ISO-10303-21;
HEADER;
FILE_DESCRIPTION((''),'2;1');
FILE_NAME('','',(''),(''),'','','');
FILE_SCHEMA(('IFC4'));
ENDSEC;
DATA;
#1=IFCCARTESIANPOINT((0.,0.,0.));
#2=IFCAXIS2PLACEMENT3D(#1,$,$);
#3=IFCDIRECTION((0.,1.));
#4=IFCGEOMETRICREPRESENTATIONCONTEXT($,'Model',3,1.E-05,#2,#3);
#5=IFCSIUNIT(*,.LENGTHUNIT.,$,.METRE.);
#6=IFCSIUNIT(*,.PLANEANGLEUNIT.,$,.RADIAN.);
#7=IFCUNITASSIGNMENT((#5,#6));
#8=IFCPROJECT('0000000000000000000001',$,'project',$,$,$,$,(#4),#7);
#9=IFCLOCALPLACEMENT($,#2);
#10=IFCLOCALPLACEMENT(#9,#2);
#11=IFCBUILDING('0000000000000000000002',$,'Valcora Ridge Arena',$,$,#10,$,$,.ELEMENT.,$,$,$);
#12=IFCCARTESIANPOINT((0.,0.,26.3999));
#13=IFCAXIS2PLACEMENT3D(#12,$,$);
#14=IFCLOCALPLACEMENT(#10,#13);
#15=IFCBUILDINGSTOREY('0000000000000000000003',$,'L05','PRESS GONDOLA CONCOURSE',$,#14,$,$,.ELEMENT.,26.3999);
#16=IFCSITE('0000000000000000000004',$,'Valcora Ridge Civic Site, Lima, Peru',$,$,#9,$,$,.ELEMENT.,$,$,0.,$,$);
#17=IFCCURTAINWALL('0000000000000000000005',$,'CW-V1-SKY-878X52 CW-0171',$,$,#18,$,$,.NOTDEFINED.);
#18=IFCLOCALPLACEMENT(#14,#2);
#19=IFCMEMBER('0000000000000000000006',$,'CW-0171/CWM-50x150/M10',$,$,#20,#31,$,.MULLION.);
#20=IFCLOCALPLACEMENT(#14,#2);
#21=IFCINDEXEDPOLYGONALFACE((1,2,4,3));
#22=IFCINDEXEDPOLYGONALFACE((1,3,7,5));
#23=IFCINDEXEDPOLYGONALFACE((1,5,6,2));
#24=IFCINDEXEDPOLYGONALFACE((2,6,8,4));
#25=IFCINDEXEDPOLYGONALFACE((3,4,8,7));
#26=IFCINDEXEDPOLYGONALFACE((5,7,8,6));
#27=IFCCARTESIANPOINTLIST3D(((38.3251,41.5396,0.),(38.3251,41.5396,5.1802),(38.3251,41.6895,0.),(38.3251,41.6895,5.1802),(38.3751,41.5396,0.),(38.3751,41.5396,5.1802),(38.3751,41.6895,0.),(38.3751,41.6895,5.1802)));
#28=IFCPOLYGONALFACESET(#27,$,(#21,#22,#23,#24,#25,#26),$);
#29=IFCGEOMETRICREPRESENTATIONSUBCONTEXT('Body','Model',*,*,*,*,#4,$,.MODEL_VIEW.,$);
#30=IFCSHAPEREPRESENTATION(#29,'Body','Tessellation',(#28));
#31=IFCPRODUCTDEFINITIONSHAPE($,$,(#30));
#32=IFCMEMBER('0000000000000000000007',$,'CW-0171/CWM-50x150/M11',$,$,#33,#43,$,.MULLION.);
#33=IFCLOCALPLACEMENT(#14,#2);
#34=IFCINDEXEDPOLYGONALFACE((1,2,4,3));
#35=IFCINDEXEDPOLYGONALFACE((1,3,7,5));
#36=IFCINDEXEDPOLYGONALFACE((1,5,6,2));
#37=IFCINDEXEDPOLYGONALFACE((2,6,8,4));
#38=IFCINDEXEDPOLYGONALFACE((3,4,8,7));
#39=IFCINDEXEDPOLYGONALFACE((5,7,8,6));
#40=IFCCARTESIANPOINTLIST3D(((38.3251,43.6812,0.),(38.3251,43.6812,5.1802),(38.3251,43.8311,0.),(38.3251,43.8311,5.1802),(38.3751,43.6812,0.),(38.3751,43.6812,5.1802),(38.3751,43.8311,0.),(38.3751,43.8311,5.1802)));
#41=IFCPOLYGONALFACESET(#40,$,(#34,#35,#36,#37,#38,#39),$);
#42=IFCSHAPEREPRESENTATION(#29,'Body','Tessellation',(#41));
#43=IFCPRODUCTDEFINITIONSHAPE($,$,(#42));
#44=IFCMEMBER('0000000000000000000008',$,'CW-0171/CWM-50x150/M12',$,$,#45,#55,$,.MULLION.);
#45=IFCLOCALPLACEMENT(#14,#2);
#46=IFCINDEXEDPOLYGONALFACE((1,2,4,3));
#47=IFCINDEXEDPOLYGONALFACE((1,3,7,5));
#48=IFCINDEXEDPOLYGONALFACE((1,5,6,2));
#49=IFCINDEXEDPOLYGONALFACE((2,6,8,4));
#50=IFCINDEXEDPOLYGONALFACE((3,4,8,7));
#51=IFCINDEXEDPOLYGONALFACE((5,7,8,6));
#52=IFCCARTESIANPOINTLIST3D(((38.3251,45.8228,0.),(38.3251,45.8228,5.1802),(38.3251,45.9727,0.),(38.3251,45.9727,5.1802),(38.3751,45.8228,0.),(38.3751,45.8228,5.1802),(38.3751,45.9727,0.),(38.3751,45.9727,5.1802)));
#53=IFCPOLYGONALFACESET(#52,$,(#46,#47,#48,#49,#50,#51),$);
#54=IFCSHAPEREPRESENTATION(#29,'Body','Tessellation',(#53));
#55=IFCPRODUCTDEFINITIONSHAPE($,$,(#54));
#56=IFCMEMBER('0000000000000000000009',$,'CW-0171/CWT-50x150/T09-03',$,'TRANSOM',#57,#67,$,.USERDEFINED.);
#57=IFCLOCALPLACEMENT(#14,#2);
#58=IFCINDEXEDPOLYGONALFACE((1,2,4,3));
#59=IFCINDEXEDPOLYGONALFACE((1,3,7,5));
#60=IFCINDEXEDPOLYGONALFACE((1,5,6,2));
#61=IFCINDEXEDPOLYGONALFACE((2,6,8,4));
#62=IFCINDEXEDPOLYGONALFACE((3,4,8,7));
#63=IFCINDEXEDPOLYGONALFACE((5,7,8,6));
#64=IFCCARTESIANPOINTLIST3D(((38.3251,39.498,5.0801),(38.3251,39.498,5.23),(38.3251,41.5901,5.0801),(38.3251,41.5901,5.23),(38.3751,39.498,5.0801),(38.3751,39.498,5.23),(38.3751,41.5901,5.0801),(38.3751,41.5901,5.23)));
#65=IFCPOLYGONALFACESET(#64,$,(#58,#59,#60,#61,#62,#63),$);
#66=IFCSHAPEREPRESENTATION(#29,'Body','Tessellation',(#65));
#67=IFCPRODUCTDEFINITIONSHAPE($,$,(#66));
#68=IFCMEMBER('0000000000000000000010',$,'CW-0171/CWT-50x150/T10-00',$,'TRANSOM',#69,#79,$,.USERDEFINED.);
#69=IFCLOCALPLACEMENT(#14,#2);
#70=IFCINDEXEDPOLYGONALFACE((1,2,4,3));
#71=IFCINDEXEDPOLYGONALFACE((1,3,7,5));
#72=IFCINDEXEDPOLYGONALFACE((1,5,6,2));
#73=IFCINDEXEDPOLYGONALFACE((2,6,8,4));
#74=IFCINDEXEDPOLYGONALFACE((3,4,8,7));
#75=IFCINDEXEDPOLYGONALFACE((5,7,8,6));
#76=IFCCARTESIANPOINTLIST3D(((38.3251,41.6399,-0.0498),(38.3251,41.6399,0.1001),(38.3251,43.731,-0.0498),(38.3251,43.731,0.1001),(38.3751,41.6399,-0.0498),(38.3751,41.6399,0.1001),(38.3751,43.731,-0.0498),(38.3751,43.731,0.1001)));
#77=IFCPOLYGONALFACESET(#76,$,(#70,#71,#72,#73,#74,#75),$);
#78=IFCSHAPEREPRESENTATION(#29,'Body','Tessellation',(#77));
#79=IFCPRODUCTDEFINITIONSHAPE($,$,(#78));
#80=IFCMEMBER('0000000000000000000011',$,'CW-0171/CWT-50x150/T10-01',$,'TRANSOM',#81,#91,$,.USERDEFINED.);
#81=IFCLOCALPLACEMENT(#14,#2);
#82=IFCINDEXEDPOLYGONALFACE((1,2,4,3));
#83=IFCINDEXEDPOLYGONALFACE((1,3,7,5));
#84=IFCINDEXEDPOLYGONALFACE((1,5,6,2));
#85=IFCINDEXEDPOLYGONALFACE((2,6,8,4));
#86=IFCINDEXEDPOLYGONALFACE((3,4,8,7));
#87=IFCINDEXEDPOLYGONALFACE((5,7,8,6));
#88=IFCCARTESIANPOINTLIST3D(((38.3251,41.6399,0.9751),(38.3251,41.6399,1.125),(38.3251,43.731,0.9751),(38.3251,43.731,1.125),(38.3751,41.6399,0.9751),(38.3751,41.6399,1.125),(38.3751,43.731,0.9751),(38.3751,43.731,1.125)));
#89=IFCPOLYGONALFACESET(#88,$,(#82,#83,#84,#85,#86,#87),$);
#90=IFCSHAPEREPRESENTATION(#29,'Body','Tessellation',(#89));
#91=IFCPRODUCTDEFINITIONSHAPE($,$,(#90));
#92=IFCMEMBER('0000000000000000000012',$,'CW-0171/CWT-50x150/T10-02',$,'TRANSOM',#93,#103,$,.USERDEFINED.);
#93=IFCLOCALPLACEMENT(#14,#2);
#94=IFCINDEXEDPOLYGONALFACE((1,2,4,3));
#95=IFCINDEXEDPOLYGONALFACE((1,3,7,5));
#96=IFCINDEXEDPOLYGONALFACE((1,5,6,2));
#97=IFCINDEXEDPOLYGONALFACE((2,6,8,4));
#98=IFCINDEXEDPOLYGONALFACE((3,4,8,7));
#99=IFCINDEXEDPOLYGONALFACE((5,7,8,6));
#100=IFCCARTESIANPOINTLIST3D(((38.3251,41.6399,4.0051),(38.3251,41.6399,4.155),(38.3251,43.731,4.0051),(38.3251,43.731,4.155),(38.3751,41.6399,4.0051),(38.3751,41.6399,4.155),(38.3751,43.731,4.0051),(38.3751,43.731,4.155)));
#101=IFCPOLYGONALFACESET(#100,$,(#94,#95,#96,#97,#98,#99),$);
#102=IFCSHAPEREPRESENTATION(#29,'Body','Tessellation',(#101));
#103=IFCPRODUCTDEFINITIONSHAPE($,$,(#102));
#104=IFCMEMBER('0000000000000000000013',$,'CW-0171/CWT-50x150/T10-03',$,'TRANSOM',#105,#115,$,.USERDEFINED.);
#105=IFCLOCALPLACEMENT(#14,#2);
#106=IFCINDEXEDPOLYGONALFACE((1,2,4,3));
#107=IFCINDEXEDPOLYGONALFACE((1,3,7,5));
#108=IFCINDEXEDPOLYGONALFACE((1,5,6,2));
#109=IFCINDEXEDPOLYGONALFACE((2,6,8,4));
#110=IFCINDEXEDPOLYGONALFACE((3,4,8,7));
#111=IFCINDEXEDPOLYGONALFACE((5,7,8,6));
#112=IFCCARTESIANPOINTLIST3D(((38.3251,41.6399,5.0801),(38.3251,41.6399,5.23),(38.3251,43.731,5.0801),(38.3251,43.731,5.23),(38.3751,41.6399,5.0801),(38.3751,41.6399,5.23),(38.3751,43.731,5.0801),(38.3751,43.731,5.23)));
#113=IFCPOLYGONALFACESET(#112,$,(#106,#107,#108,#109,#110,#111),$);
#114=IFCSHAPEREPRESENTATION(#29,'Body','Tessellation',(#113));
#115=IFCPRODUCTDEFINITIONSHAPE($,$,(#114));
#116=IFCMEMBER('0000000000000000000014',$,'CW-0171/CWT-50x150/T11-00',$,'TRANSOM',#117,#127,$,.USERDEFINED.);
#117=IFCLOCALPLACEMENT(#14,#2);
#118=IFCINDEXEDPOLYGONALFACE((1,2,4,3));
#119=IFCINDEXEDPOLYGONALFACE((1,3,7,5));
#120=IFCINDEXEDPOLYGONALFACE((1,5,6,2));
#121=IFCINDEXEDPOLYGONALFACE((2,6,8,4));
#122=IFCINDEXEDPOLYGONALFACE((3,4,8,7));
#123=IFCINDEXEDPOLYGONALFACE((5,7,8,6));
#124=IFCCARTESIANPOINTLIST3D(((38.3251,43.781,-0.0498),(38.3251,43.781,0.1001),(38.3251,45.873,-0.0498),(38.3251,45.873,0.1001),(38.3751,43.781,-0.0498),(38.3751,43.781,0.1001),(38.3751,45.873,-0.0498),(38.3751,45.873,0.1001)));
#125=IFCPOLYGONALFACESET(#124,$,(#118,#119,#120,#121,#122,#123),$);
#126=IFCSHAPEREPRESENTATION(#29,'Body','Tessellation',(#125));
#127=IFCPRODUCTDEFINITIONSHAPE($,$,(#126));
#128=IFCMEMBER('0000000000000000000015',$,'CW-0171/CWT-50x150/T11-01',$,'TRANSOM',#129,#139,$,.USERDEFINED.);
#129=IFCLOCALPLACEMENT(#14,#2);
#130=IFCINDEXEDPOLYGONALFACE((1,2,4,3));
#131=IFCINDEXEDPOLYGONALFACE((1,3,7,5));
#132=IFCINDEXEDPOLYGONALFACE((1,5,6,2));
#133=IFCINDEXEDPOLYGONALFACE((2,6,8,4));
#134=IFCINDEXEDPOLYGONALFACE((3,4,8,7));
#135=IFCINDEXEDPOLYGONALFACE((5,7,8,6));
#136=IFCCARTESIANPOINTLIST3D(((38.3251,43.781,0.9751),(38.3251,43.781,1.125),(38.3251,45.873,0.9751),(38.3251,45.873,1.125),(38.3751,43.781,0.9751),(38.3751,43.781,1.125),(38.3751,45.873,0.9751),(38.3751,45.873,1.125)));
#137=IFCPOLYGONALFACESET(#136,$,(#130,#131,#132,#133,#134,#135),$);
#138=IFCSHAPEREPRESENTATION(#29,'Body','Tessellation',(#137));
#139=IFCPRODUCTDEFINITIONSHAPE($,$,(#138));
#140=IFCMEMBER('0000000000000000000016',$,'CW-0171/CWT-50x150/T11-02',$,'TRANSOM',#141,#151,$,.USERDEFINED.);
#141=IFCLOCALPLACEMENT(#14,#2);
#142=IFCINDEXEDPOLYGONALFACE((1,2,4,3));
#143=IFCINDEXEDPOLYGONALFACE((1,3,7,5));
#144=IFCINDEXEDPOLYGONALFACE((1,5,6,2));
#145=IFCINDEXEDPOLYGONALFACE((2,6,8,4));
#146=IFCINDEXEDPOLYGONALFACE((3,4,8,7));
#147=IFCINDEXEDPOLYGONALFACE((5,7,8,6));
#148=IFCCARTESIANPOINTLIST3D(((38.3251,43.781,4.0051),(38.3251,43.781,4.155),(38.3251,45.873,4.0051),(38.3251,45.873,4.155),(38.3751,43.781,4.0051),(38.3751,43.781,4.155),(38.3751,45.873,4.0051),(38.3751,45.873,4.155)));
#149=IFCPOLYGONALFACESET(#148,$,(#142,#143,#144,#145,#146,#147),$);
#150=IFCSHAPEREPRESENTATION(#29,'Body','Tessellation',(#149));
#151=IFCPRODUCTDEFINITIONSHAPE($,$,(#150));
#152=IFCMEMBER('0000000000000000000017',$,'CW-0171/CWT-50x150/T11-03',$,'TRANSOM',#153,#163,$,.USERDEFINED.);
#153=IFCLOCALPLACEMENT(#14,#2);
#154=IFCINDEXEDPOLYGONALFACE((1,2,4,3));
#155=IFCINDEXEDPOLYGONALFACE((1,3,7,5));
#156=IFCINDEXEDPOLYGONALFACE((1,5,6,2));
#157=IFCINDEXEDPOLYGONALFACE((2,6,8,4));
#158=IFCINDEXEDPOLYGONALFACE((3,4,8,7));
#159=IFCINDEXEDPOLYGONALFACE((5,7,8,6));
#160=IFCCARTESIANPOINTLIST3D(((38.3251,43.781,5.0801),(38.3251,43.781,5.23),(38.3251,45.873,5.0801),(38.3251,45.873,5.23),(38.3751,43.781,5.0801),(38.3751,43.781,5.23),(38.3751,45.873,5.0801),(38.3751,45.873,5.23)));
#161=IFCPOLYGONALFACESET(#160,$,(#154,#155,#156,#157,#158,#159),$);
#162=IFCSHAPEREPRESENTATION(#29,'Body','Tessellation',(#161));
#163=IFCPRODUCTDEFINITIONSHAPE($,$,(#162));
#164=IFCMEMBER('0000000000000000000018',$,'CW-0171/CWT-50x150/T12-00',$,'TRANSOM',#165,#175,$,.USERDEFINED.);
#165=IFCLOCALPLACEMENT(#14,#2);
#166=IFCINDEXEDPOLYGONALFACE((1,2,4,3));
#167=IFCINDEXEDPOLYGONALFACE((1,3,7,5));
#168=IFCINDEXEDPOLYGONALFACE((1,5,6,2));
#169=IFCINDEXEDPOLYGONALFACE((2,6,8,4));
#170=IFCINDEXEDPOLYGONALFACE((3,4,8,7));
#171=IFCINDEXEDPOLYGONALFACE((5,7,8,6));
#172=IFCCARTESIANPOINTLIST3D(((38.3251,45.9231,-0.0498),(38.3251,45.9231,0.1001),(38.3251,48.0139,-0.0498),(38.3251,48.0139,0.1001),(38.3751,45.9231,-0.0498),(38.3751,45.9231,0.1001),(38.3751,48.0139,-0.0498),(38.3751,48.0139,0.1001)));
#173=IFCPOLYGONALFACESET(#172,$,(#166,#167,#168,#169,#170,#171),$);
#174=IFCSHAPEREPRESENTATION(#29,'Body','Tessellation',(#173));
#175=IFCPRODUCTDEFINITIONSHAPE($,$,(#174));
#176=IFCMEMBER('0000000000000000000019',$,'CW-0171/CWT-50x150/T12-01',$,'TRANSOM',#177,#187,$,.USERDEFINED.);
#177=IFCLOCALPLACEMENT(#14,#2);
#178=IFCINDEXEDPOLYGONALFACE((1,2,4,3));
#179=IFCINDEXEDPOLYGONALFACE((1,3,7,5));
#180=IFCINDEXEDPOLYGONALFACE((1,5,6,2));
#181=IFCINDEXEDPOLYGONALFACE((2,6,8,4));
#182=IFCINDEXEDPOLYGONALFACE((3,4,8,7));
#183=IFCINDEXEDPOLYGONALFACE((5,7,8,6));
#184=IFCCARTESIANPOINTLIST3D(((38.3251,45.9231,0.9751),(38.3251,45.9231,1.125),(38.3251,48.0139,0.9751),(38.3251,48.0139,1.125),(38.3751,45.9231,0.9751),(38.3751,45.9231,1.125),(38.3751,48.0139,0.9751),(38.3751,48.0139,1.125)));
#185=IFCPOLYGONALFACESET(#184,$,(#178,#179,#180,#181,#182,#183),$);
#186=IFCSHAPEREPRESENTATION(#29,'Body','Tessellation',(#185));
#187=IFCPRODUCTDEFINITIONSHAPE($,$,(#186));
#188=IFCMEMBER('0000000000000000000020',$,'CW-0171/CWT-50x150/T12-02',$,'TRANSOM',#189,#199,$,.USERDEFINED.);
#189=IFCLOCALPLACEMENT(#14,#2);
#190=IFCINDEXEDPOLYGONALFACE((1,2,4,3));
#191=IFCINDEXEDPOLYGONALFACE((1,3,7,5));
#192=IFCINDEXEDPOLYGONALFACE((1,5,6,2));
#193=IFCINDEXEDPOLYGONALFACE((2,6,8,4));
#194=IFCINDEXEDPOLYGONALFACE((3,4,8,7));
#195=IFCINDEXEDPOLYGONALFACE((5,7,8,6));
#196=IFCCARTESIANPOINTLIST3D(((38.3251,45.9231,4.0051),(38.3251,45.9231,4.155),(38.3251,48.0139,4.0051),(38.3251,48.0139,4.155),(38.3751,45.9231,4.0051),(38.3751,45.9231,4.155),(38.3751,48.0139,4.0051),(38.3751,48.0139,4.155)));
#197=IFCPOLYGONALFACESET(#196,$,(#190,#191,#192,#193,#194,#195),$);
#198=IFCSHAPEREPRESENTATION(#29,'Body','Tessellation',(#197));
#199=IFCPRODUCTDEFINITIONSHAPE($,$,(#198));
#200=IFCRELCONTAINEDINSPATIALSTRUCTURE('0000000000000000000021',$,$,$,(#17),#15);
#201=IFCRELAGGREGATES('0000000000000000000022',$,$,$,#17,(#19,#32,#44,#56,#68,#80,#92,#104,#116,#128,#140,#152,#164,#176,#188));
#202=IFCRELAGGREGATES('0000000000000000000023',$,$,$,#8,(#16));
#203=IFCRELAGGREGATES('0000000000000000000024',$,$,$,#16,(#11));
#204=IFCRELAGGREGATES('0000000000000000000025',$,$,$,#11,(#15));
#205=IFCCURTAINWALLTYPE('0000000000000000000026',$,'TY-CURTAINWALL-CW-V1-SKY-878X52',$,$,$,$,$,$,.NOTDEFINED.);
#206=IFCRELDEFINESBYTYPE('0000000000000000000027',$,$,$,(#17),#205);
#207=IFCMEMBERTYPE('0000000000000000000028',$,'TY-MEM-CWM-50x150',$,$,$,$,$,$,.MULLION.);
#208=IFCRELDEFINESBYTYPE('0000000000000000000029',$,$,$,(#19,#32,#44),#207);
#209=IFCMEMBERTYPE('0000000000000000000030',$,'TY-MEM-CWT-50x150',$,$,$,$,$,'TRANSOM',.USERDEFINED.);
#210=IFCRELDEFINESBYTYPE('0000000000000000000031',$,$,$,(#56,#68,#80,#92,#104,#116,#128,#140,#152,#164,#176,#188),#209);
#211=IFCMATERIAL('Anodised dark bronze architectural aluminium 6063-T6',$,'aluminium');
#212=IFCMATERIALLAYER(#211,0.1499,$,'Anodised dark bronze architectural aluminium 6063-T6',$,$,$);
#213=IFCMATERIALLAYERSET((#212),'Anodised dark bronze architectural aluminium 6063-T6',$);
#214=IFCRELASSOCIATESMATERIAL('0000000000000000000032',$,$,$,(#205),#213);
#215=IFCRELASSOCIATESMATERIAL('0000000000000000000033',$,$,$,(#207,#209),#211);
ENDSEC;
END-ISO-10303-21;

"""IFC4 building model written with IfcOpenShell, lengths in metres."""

from ifc_helpers import new_model, si_unit, direction, frame, origin, origin_2d, place, context, subcontext, project, spatial, rectangle, extrude, material, layer, layer_set, material_profile, profile_set, type_object, element, aggregate, save


model = new_model("IFC4")

# Units and contexts
model_context = context("Model", 3, precision=1e-05, world=origin(), true_north=direction((0.0, 1.0)))
body_context = subcontext(model_context, "Body", "Model", "MODEL_VIEW")
ifc_project = project(units=[si_unit("LENGTHUNIT", "METRE"), si_unit("PLANEANGLEUNIT", "RADIAN")], contexts=[model_context])

# Site, building, storey
site_placement = place(None, origin())
site = spatial("IfcSite", under=ifc_project, at=site_placement, Name="Valcora Ridge Civic Site, Lima, Peru", CompositionType="ELEMENT", RefElevation=0.0)
building_placement = place(site_placement, origin())
building = spatial("IfcBuilding", under=site, at=building_placement, Name="Valcora Ridge Arena", CompositionType="ELEMENT")
storey_placement = place(building_placement, frame((0.0, 0.0, 26.3999)))
storey = spatial("IfcBuildingStorey", under=building, at=storey_placement, Name="L05", Description="PRESS GONDOLA CONCOURSE", CompositionType="ELEMENT", Elevation=26.3999)

# Curtain wall, members
ifc_material_1 = material(Name="Anodised dark bronze architectural aluminium 6063-T6", Category="aluminium")
ifc_layer_1 = layer(ifc_material_1, 0.1499, Name="Anodised dark bronze architectural aluminium 6063-T6")
ifc_layer_set_1 = layer_set([ifc_layer_1], Name="Anodised dark bronze architectural aluminium 6063-T6")
curtain_wall_type = type_object("IfcCurtainWallType", Name="TY-CURTAINWALL-CW-V1-SKY-878X52", PredefinedType="NOTDEFINED", material=ifc_layer_set_1)
curtain_wall_placement = place(storey_placement, origin())
curtain_wall = element("IfcCurtainWall", 1, at=curtain_wall_placement, inside=storey, type_object=curtain_wall_type, Name="CW-V1-SKY-878X52 CW-0171", PredefinedType="NOTDEFINED")
ifc_material_profile_1 = material_profile(ifc_material_1, rectangle(XDim=0.05, YDim=0.1499, at=origin_2d()), Name="ALU MULLION 50x150")
ifc_profile_set_1 = profile_set([ifc_material_profile_1], Name="Anodised dark bronze architectural aluminium 6063-T6")
member_type_1 = type_object("IfcMemberType", Name="TY-MEM-CWM-50x150", PredefinedType="MULLION", material=ifc_profile_set_1)
member_1_placement = place(storey_placement, frame((38.3501, 41.6145, 0.0), z_axis=(0.0, 0.0, 1.0), x_axis=(-1.0, 0.0, 0.0)))
member_1 = element("IfcMember", 2, at=member_1_placement, type_object=member_type_1, Name="CW-0171/CWM-50x150/M10", PredefinedType="MULLION", context=body_context, shape_type="SweptSolid", body=[
    extrude(rectangle(XDim=0.05, YDim=0.1499, at=origin_2d()), origin(), (0.0, 0.0, 1.0), 5.1802),
])
member_2_placement = place(storey_placement, frame((38.3501, 43.7561, 0.0), z_axis=(0.0, 0.0, 1.0), x_axis=(-1.0, 0.0, 0.0)))
member_2 = element("IfcMember", 3, at=member_2_placement, type_object=member_type_1, Name="CW-0171/CWM-50x150/M11", PredefinedType="MULLION", context=body_context, shape_type="SweptSolid", body=[
    extrude(rectangle(XDim=0.05, YDim=0.1499, at=origin_2d()), origin(), (0.0, 0.0, 1.0), 5.1802),
])
member_3_placement = place(storey_placement, frame((38.3501, 45.8977, 0.0), z_axis=(0.0, 0.0, 1.0), x_axis=(-1.0, 0.0, 0.0)))
member_3 = element("IfcMember", 4, at=member_3_placement, type_object=member_type_1, Name="CW-0171/CWM-50x150/M12", PredefinedType="MULLION", context=body_context, shape_type="SweptSolid", body=[
    extrude(rectangle(XDim=0.05, YDim=0.1499, at=origin_2d()), origin(), (0.0, 0.0, 1.0), 5.1802),
])
ifc_material_profile_2 = material_profile(ifc_material_1, rectangle(XDim=0.05, YDim=0.1499, at=origin_2d()), Name="ALU TRANSOM 50x150")
ifc_profile_set_2 = profile_set([ifc_material_profile_2], Name="Anodised dark bronze architectural aluminium 6063-T6")
member_type_2 = type_object("IfcMemberType", Name="TY-MEM-CWT-50x150", ElementType="TRANSOM", PredefinedType="USERDEFINED", material=ifc_profile_set_2)
member_4_placement = place(storey_placement, frame((38.3501, 39.498, 5.155), z_axis=(0.0, 1.0, 0.0), x_axis=(-1.0, 0.0, 0.0)))
member_4 = element("IfcMember", 5, at=member_4_placement, type_object=member_type_2, Name="CW-0171/CWT-50x150/T09-03", ObjectType="TRANSOM", PredefinedType="USERDEFINED", context=body_context, shape_type="SweptSolid", body=[
    extrude(rectangle(XDim=0.05, YDim=0.1499, at=origin_2d()), origin(), (0.0, 0.0, 1.0), 2.092),
])
member_5_placement = place(storey_placement, frame((38.3501, 41.6399, 0.0251), z_axis=(0.0, 1.0, 0.0), x_axis=(-1.0, 0.0, 0.0)))
member_5 = element("IfcMember", 6, at=member_5_placement, type_object=member_type_2, Name="CW-0171/CWT-50x150/T10-00", ObjectType="TRANSOM", PredefinedType="USERDEFINED", context=body_context, shape_type="SweptSolid", body=[
    extrude(rectangle(XDim=0.05, YDim=0.1499, at=origin_2d()), origin(), (0.0, 0.0, 1.0), 2.0911),
])
member_6_placement = place(storey_placement, frame((38.3501, 41.6399, 1.05), z_axis=(0.0, 1.0, 0.0), x_axis=(-1.0, 0.0, 0.0)))
member_6 = element("IfcMember", 7, at=member_6_placement, type_object=member_type_2, Name="CW-0171/CWT-50x150/T10-01", ObjectType="TRANSOM", PredefinedType="USERDEFINED", context=body_context, shape_type="SweptSolid", body=[
    extrude(rectangle(XDim=0.05, YDim=0.1499, at=origin_2d()), origin(), (0.0, 0.0, 1.0), 2.0911),
])
member_7_placement = place(storey_placement, frame((38.3501, 41.6399, 4.0801), z_axis=(0.0, 1.0, 0.0), x_axis=(-1.0, 0.0, 0.0)))
member_7 = element("IfcMember", 8, at=member_7_placement, type_object=member_type_2, Name="CW-0171/CWT-50x150/T10-02", ObjectType="TRANSOM", PredefinedType="USERDEFINED", context=body_context, shape_type="SweptSolid", body=[
    extrude(rectangle(XDim=0.05, YDim=0.1499, at=origin_2d()), origin(), (0.0, 0.0, 1.0), 2.0911),
])
member_8_placement = place(storey_placement, frame((38.3501, 41.6399, 5.155), z_axis=(0.0, 1.0, 0.0), x_axis=(-1.0, 0.0, 0.0)))
member_8 = element("IfcMember", 9, at=member_8_placement, type_object=member_type_2, Name="CW-0171/CWT-50x150/T10-03", ObjectType="TRANSOM", PredefinedType="USERDEFINED", context=body_context, shape_type="SweptSolid", body=[
    extrude(rectangle(XDim=0.05, YDim=0.1499, at=origin_2d()), origin(), (0.0, 0.0, 1.0), 2.0911),
])
member_9_placement = place(storey_placement, frame((38.3501, 43.781, 0.0251), z_axis=(0.0, 1.0, 0.0), x_axis=(-1.0, 0.0, 0.0)))
member_9 = element("IfcMember", 10, at=member_9_placement, type_object=member_type_2, Name="CW-0171/CWT-50x150/T11-00", ObjectType="TRANSOM", PredefinedType="USERDEFINED", context=body_context, shape_type="SweptSolid", body=[
    extrude(rectangle(XDim=0.05, YDim=0.1499, at=origin_2d()), origin(), (0.0, 0.0, 1.0), 2.092),
])
member_10_placement = place(storey_placement, frame((38.3501, 43.781, 1.05), z_axis=(0.0, 1.0, 0.0), x_axis=(-1.0, 0.0, 0.0)))
member_10 = element("IfcMember", 11, at=member_10_placement, type_object=member_type_2, Name="CW-0171/CWT-50x150/T11-01", ObjectType="TRANSOM", PredefinedType="USERDEFINED", context=body_context, shape_type="SweptSolid", body=[
    extrude(rectangle(XDim=0.05, YDim=0.1499, at=origin_2d()), origin(), (0.0, 0.0, 1.0), 2.092),
])
member_11_placement = place(storey_placement, frame((38.3501, 43.781, 4.0801), z_axis=(0.0, 1.0, 0.0), x_axis=(-1.0, 0.0, 0.0)))
member_11 = element("IfcMember", 12, at=member_11_placement, type_object=member_type_2, Name="CW-0171/CWT-50x150/T11-02", ObjectType="TRANSOM", PredefinedType="USERDEFINED", context=body_context, shape_type="SweptSolid", body=[
    extrude(rectangle(XDim=0.05, YDim=0.1499, at=origin_2d()), origin(), (0.0, 0.0, 1.0), 2.092),
])
member_12_placement = place(storey_placement, frame((38.3501, 43.781, 5.155), z_axis=(0.0, 1.0, 0.0), x_axis=(-1.0, 0.0, 0.0)))
member_12 = element("IfcMember", 13, at=member_12_placement, type_object=member_type_2, Name="CW-0171/CWT-50x150/T11-03", ObjectType="TRANSOM", PredefinedType="USERDEFINED", context=body_context, shape_type="SweptSolid", body=[
    extrude(rectangle(XDim=0.05, YDim=0.1499, at=origin_2d()), origin(), (0.0, 0.0, 1.0), 2.092),
])
member_13_placement = place(storey_placement, frame((38.3501, 45.9231, 0.0251), z_axis=(0.0, 1.0, 0.0), x_axis=(-1.0, 0.0, 0.0)))
member_13 = element("IfcMember", 14, at=member_13_placement, type_object=member_type_2, Name="CW-0171/CWT-50x150/T12-00", ObjectType="TRANSOM", PredefinedType="USERDEFINED", context=body_context, shape_type="SweptSolid", body=[
    extrude(rectangle(XDim=0.05, YDim=0.1499, at=origin_2d()), origin(), (0.0, 0.0, 1.0), 2.0908),
])
member_14_placement = place(storey_placement, frame((38.3501, 45.9231, 1.05), z_axis=(0.0, 1.0, 0.0), x_axis=(-1.0, 0.0, 0.0)))
member_14 = element("IfcMember", 15, at=member_14_placement, type_object=member_type_2, Name="CW-0171/CWT-50x150/T12-01", ObjectType="TRANSOM", PredefinedType="USERDEFINED", context=body_context, shape_type="SweptSolid", body=[
    extrude(rectangle(XDim=0.05, YDim=0.1499, at=origin_2d()), origin(), (0.0, 0.0, 1.0), 2.0908),
])
member_15_placement = place(storey_placement, frame((38.3501, 45.9231, 4.0801), z_axis=(0.0, 1.0, 0.0), x_axis=(-1.0, 0.0, 0.0)))
member_15 = element("IfcMember", 16, at=member_15_placement, type_object=member_type_2, Name="CW-0171/CWT-50x150/T12-02", ObjectType="TRANSOM", PredefinedType="USERDEFINED", context=body_context, shape_type="SweptSolid", body=[
    extrude(rectangle(XDim=0.05, YDim=0.1499, at=origin_2d()), origin(), (0.0, 0.0, 1.0), 2.0908),
])
aggregate(curtain_wall, [member_1, member_2, member_3, member_4, member_5, member_6, member_7, member_8, member_9, member_10, member_11, member_12, member_13, member_14, member_15])

save(model, "model.ifc")
